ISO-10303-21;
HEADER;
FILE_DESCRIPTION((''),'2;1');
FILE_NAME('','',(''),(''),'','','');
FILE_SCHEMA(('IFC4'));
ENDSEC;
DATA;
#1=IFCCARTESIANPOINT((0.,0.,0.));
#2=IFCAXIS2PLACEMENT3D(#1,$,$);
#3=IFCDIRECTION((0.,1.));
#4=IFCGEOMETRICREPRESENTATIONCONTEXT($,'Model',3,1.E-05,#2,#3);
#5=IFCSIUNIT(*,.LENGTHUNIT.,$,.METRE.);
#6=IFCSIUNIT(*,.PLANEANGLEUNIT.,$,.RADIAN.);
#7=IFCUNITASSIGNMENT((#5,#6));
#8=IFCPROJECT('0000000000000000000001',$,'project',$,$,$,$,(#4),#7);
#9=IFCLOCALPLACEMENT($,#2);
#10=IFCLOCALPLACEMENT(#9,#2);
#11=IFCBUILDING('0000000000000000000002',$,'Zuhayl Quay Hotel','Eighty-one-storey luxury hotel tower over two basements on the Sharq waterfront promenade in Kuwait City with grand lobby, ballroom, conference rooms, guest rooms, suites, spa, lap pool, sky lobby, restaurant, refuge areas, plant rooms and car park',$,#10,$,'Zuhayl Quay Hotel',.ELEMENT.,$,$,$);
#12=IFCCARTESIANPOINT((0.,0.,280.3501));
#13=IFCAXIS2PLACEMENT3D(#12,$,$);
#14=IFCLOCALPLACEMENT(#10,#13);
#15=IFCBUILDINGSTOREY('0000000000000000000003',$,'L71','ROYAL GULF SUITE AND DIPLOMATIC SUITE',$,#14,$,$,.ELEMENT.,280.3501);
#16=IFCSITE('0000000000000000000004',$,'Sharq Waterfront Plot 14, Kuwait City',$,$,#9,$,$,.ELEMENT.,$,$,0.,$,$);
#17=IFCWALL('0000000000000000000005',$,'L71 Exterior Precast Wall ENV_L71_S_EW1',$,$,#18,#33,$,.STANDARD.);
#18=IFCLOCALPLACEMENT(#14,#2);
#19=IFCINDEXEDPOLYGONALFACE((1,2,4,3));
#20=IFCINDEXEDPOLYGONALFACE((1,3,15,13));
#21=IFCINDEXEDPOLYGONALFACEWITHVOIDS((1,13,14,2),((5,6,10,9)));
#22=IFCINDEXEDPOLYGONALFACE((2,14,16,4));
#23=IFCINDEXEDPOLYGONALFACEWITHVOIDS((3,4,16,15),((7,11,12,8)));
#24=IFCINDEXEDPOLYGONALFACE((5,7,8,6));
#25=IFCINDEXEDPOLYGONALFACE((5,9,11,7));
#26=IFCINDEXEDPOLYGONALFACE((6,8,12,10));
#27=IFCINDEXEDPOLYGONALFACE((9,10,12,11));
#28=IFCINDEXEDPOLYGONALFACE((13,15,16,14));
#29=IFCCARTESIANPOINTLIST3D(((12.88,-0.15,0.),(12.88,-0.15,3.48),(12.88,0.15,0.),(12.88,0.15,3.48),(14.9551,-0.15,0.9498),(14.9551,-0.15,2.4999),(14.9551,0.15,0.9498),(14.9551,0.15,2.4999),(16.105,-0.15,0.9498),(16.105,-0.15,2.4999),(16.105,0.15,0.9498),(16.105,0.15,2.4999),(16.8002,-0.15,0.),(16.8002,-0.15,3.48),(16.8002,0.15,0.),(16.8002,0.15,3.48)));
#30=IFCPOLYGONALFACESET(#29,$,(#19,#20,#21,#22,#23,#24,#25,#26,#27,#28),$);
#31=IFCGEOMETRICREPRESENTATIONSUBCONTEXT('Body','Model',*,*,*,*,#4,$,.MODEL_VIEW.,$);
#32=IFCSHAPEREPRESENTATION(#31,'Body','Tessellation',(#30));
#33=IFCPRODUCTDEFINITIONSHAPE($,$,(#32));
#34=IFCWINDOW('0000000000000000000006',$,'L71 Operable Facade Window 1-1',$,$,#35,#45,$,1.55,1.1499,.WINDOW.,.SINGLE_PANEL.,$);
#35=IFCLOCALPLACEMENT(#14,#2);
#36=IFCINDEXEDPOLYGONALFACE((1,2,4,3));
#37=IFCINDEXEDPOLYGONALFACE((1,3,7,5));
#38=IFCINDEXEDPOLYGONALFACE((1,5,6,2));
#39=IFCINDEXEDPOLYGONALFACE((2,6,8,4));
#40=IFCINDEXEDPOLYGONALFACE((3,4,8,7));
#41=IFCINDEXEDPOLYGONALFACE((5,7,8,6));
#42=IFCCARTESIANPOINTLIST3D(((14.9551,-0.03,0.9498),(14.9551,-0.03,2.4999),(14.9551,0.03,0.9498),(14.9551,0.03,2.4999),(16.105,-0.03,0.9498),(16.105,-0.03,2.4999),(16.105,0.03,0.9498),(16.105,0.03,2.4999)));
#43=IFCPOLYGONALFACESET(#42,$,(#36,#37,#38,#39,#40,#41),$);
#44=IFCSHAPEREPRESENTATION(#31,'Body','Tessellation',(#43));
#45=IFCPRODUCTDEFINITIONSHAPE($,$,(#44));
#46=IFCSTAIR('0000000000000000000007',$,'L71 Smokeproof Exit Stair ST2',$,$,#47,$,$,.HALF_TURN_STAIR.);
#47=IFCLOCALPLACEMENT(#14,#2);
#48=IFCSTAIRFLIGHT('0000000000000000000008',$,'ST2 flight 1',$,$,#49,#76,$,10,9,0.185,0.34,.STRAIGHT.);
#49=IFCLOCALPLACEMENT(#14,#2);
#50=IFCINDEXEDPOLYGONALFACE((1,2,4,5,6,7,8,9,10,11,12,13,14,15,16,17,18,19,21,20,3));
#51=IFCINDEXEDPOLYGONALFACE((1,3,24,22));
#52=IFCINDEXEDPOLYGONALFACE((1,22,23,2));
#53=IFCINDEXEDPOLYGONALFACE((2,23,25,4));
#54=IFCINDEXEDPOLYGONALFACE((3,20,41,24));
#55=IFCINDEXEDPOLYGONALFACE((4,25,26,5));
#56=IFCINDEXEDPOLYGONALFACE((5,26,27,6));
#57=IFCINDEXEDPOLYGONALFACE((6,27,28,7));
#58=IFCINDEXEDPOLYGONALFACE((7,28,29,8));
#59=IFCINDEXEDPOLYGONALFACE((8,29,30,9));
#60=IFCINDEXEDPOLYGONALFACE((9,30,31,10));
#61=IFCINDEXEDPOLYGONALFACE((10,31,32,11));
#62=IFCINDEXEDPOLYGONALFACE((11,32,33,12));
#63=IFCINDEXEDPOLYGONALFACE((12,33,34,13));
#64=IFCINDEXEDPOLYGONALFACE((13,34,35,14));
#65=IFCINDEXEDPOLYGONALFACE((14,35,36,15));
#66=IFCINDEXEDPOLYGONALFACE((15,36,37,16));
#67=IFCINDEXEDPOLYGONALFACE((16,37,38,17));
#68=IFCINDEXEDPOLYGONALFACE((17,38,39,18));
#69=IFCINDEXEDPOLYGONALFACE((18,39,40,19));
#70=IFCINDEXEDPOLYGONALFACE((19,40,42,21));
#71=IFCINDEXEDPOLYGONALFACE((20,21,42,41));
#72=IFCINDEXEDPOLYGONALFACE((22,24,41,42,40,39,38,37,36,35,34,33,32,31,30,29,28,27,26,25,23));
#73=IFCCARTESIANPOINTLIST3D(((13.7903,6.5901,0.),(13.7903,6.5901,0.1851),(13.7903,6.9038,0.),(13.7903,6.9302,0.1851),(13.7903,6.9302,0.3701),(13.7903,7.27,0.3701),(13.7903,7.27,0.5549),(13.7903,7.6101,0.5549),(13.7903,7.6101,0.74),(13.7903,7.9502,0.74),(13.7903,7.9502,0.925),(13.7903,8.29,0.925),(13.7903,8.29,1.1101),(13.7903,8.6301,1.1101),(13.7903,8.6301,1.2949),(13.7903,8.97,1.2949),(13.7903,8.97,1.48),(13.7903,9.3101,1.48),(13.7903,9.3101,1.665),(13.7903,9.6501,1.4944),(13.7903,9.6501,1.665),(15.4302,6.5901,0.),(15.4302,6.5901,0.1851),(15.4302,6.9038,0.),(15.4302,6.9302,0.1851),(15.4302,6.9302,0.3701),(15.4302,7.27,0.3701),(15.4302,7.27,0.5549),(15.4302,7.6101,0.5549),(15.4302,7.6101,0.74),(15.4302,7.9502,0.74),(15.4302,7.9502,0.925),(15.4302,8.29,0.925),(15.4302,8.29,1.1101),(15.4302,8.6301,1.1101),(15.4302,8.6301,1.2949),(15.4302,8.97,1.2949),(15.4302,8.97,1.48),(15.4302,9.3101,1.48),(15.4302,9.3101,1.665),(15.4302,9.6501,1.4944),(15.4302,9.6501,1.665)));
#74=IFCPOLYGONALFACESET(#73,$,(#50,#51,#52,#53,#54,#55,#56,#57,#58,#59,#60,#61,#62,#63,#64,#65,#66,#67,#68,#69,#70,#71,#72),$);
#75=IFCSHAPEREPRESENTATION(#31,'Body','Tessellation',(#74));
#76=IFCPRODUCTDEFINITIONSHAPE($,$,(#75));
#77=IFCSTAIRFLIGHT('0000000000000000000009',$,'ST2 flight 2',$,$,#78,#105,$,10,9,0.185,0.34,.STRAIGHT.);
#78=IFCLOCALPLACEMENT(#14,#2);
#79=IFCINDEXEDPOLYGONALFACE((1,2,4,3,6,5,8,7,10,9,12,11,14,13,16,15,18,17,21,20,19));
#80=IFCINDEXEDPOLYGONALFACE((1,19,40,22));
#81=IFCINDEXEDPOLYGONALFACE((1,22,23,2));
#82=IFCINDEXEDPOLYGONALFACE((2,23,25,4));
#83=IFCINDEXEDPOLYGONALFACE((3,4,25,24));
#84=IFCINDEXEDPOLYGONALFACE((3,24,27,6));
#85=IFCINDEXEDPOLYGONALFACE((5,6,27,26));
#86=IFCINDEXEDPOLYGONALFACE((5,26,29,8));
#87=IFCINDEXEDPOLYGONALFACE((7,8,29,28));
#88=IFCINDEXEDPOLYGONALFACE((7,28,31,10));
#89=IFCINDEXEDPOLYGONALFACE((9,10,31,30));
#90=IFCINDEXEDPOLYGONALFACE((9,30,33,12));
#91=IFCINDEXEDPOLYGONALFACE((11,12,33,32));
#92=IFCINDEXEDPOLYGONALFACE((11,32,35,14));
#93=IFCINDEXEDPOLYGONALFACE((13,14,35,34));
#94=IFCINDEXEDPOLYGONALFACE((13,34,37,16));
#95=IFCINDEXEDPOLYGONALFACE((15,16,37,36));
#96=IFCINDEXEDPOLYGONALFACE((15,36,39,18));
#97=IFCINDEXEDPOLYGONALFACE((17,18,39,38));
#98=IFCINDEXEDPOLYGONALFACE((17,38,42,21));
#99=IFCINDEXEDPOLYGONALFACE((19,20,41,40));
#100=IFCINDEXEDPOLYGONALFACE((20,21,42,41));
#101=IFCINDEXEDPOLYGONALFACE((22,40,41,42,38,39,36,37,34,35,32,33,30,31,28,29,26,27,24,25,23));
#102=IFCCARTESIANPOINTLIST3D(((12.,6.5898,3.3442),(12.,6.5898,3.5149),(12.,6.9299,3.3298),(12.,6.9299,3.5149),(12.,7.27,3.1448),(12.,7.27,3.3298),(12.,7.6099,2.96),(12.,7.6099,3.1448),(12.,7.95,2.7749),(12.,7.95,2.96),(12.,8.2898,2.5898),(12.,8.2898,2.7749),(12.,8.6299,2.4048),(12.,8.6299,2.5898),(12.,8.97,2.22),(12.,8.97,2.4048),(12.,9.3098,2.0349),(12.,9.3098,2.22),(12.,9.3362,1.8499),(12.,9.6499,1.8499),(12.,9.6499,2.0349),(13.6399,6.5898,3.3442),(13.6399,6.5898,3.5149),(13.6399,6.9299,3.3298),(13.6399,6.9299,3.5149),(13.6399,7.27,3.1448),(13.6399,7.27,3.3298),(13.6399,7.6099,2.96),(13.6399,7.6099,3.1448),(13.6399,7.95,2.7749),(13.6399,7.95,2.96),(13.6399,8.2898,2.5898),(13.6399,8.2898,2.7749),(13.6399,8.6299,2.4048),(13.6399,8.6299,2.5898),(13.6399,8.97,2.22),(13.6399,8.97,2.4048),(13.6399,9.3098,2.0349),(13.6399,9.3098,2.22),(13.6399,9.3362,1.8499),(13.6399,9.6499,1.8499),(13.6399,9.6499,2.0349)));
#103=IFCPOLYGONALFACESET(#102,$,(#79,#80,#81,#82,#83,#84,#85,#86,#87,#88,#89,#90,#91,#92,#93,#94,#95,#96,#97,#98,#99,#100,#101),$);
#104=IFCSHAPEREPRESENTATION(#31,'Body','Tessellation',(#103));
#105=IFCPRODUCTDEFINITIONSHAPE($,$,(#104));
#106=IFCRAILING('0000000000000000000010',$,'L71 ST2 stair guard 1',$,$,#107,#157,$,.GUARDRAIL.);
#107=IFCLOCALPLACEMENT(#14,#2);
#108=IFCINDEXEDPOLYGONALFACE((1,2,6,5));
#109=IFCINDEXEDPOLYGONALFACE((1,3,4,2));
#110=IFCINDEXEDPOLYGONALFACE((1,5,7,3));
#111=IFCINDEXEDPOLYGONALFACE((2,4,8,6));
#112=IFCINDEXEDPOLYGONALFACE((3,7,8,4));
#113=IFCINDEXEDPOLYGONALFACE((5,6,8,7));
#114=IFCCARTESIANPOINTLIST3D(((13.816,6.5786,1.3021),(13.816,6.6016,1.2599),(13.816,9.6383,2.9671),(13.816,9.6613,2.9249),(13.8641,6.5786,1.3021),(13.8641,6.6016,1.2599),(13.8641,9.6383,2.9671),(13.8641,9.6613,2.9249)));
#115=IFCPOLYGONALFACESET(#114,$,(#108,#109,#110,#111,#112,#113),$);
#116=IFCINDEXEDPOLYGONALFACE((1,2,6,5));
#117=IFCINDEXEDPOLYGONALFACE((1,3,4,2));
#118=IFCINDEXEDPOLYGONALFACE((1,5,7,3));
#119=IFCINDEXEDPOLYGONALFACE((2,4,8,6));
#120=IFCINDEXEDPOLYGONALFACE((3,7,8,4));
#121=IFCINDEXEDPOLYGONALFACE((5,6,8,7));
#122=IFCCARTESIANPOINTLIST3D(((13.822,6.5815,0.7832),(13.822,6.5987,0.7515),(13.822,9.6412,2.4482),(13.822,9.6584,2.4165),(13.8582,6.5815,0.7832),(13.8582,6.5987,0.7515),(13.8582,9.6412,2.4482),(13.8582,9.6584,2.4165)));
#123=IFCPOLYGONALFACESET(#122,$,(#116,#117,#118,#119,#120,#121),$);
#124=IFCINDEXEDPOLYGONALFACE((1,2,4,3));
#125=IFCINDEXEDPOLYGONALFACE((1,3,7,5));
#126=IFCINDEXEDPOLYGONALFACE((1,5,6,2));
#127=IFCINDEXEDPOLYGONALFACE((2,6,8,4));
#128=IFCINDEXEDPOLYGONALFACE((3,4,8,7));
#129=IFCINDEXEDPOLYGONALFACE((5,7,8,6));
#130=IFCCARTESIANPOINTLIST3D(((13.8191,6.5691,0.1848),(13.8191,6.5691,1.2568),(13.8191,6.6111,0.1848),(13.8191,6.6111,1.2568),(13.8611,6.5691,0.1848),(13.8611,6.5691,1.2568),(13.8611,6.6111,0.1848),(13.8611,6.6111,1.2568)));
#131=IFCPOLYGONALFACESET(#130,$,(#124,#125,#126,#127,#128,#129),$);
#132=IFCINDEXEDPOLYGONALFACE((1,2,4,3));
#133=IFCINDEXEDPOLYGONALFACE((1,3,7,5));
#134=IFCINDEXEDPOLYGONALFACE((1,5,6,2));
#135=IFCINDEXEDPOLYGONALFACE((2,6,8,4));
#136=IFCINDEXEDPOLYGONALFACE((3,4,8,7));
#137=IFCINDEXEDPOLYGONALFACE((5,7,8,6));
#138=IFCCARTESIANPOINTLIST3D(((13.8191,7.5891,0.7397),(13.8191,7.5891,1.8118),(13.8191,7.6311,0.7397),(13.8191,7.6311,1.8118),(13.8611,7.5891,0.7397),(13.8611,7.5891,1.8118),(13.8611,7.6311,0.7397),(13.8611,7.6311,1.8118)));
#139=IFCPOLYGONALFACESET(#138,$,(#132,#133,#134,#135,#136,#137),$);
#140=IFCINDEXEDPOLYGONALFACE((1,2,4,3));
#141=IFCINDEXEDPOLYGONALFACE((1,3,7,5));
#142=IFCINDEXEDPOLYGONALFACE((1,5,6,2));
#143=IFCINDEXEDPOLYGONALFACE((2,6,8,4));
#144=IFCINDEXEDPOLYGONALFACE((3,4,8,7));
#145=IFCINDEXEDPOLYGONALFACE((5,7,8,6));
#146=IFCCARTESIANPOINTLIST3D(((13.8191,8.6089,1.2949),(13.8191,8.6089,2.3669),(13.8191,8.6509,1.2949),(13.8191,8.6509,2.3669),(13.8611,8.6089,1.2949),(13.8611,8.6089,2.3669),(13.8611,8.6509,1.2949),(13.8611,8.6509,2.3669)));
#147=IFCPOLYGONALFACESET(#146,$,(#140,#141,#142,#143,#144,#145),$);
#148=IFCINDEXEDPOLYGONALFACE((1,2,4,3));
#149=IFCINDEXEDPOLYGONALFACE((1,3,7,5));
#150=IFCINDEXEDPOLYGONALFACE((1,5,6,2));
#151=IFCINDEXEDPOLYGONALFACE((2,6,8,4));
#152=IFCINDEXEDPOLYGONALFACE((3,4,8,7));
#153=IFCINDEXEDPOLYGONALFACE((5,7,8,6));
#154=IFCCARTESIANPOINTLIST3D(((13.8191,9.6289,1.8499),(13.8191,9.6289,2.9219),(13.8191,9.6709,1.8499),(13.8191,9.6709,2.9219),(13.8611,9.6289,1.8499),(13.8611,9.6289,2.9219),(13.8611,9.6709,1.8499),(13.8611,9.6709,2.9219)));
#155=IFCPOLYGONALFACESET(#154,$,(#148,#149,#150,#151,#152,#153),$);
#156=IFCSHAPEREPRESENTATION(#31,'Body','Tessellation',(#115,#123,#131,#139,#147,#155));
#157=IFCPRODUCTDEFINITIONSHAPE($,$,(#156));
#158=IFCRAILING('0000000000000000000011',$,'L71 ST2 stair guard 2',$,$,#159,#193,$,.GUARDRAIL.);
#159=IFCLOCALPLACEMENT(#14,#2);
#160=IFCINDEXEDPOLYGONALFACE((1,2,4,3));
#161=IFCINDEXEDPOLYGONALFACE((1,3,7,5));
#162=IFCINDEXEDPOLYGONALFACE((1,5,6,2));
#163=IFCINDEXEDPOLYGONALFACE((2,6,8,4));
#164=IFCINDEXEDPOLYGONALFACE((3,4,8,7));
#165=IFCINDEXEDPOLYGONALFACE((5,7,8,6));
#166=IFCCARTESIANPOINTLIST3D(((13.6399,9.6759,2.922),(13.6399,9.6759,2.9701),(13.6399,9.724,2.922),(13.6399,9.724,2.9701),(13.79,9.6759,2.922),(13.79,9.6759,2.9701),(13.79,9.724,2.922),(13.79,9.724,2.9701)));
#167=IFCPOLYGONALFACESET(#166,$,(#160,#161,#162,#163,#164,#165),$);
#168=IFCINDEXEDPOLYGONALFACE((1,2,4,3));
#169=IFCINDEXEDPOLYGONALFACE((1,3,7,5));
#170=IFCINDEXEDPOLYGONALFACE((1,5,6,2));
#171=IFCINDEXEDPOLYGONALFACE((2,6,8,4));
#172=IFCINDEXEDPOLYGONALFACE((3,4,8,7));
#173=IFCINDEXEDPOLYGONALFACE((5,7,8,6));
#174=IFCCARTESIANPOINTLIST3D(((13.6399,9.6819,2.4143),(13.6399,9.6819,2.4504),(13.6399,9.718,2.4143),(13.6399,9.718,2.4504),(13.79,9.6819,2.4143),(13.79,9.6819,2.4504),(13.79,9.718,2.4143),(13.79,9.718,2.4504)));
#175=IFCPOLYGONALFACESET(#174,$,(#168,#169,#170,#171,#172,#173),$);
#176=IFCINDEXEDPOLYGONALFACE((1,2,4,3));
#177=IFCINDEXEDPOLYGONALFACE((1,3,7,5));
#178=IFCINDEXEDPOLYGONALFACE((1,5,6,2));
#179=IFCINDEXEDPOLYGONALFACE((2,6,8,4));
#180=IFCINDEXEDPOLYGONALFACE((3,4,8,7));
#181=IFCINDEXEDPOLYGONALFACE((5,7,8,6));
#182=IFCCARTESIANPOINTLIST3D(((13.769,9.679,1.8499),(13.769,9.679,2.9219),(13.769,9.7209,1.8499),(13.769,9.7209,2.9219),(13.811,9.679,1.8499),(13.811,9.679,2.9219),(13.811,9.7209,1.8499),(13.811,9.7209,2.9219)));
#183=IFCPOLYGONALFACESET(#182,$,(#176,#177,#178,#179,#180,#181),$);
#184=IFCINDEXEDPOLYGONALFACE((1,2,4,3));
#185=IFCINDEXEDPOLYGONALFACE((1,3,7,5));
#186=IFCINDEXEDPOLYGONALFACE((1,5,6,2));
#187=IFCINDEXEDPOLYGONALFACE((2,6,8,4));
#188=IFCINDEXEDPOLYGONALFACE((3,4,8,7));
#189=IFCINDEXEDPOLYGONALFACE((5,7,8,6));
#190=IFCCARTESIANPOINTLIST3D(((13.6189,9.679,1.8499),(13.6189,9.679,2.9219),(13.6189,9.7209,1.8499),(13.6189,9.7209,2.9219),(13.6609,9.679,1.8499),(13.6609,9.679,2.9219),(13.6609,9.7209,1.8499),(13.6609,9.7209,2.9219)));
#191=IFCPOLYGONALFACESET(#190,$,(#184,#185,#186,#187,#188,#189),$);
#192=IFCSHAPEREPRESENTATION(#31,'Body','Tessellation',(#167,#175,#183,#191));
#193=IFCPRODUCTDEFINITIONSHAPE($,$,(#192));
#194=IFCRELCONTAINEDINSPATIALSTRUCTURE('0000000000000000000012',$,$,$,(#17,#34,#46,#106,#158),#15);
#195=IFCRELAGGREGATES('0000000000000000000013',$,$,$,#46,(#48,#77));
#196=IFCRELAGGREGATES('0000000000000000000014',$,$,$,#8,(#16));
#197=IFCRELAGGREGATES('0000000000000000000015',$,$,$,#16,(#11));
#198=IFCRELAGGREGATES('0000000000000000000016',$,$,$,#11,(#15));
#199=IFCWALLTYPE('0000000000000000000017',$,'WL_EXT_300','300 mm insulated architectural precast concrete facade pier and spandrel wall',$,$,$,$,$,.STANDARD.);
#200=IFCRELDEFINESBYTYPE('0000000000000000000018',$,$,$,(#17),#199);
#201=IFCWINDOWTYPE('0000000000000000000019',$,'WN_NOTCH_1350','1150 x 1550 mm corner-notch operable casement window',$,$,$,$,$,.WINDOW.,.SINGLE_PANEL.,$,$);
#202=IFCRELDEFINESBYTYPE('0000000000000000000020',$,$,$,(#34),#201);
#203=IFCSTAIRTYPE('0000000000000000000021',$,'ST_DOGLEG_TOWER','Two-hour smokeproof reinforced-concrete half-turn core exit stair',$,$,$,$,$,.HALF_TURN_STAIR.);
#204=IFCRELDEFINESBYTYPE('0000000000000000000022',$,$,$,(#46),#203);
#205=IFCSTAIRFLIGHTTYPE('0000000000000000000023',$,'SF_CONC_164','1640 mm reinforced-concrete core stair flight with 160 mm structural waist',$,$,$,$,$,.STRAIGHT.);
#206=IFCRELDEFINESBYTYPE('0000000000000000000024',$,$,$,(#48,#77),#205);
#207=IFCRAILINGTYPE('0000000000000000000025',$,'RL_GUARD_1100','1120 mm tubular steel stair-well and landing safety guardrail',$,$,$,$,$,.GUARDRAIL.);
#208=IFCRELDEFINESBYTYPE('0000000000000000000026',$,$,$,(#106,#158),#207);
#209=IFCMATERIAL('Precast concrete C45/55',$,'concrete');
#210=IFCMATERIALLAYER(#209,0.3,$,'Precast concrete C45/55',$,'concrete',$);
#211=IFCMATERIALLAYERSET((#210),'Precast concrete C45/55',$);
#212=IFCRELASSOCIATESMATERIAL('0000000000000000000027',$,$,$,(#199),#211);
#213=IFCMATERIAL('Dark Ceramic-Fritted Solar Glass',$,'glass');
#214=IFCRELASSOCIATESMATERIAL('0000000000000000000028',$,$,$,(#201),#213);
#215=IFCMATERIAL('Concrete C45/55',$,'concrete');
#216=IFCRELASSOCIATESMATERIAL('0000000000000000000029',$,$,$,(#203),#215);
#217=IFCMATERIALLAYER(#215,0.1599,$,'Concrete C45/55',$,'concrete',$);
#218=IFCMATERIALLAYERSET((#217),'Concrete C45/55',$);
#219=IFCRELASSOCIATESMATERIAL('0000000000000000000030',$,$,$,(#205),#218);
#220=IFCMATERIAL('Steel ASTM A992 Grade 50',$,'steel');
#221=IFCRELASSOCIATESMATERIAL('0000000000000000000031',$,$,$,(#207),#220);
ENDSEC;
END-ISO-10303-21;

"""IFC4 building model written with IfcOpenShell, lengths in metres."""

from ifc_helpers import new_model, si_unit, direction, frame, frame_2d, origin, origin_2d, place, context, subcontext, project, spatial, polyline, rectangle, outline, extrude, material, layer, layer_set, type_object, element, fill, aggregate, save


model = new_model("IFC4")

# Units and contexts
model_context = context("Model", 3, precision=1e-05, world=origin(), true_north=direction((0.0, 1.0)))
body_context = subcontext(model_context, "Body", "Model", "MODEL_VIEW")
ifc_project = project(units=[si_unit("LENGTHUNIT", "METRE"), si_unit("PLANEANGLEUNIT", "RADIAN")], contexts=[model_context])

# Site, building, storey
site_placement = place(None, origin())
site = spatial("IfcSite", under=ifc_project, at=site_placement, Name="Sharq Waterfront Plot 14, Kuwait City", CompositionType="ELEMENT", RefElevation=0.0)
building_placement = place(site_placement, origin())
building = spatial("IfcBuilding", under=site, at=building_placement, Name="Zuhayl Quay Hotel", Description="Eighty-one-storey luxury hotel tower over two basements on the Sharq waterfront promenade in Kuwait City with grand lobby, ballroom, conference rooms, guest rooms, suites, spa, lap pool, sky lobby, restaurant, refuge areas, plant rooms and car park", LongName="Zuhayl Quay Hotel", CompositionType="ELEMENT")
storey_placement = place(building_placement, frame((0.0, 0.0, 280.3501)))
storey = spatial("IfcBuildingStorey", under=building, at=storey_placement, Name="L71", Description="ROYAL GULF SUITE AND DIPLOMATIC SUITE", CompositionType="ELEMENT", Elevation=280.3501)

# Shared definitions
ifc_material_1 = material(Name="Steel ASTM A992 Grade 50", Category="steel")

# Shared definitions
ifc_material_2 = material(Name="Dark Ceramic-Fritted Solar Glass", Category="glass")

# Shared definitions
ifc_material_3 = material(Name="Precast concrete C45/55", Category="concrete")
ifc_layer_1 = layer(ifc_material_3, 0.3, Name="Precast concrete C45/55", Category="concrete")
ifc_layer_set_1 = layer_set([ifc_layer_1], Name="Precast concrete C45/55")
wall_type_1 = type_object("IfcWallType", Name="WL_EXT_300", Description="300 mm insulated architectural precast concrete facade pier and spandrel wall", PredefinedType="STANDARD", material=ifc_layer_set_1)

# Wall, opening, window
wall_1_placement = place(storey_placement, frame((16.8, 0.0, 0.0), z_axis=(0.0, 0.0, 1.0), x_axis=(-1.0, 0.0, 0.0)))
wall_1 = element("IfcWall", 1, at=wall_1_placement, inside=storey, type_object=wall_type_1, Name="L71 Exterior Precast Wall ENV_L71_S_EW1", PredefinedType="STANDARD", context=body_context, shape_type="SweptSolid", body=[
    extrude(rectangle(XDim=3.9202, YDim=0.3, at=frame_2d((1.96, 0.0))), origin(), (0.0, 0.0, 1.0), 3.48),
])
opening_1_placement = place(wall_1_placement, frame((0.6951, 0.0, 0.95)))
opening_1 = element("IfcOpeningElement", 2, at=opening_1_placement, cuts=wall_1, PredefinedType="OPENING", context=body_context, shape_type="SweptSolid", body=[
    extrude(rectangle(XDim=1.1499, YDim=1.55, at=frame_2d((0.575, 0.7749))), frame((0.0, 0.1599, 0.0), z_axis=(0.0, -1.0, 0.0), x_axis=(1.0, 0.0, 0.0)), (0.0, 0.0, 1.0), 0.3201),
])
window_type = type_object("IfcWindowType", Name="WN_NOTCH_1350", Description="1150 x 1550 mm corner-notch operable casement window", PartitioningType="SINGLE_PANEL", PredefinedType="WINDOW", material=ifc_material_2)
window_placement = place(opening_1_placement, origin())
window = element("IfcWindow", 3, at=window_placement, inside=storey, type_object=window_type, Name="L71 Operable Facade Window 1-1", OverallHeight=1.55, OverallWidth=1.1499, PartitioningType="SINGLE_PANEL", PredefinedType="WINDOW", context=body_context, shape_type="SweptSolid", body=[
    extrude(rectangle(XDim=1.1499, YDim=1.55, at=frame_2d((0.575, 0.7749))), frame((0.0, 0.03, 0.0), z_axis=(0.0, -1.0, 0.0), x_axis=(1.0, 0.0, 0.0)), (0.0, 0.0, 1.0), 0.0601),
])
fill(opening_1, window)

# Stair, stair flights
ifc_material_4 = material(Name="Concrete C45/55", Category="concrete")
stair_type = type_object("IfcStairType", Name="ST_DOGLEG_TOWER", Description="Two-hour smokeproof reinforced-concrete half-turn core exit stair", PredefinedType="HALF_TURN_STAIR", material=ifc_material_4)
stair_placement = place(storey_placement, origin())
stair = element("IfcStair", 4, at=stair_placement, inside=storey, type_object=stair_type, Name="L71 Smokeproof Exit Stair ST2", PredefinedType="HALF_TURN_STAIR")
ifc_layer_2 = layer(ifc_material_4, 0.1599, Name="Concrete C45/55", Category="concrete")
ifc_layer_set_2 = layer_set([ifc_layer_2], Name="Concrete C45/55")
stair_flight_type = type_object("IfcStairFlightType", Name="SF_CONC_164", Description="1640 mm reinforced-concrete core stair flight with 160 mm structural waist", PredefinedType="STRAIGHT", material=ifc_layer_set_2)
stair_flight_1_placement = place(storey_placement, frame((14.6101, 6.5901, 0.0), z_axis=(0.0, 0.0, 1.0), x_axis=(0.0, 1.0, 0.0)))
stair_flight_1 = element("IfcStairFlight", 5, at=stair_flight_1_placement, type_object=stair_flight_type, Name="ST2 flight 1", NumberOfRisers=10, NumberOfTreads=9, PredefinedType="STRAIGHT", RiserHeight=0.185, TreadLength=0.34, context=body_context, shape_type="SweptSolid", body=[
    extrude(outline(polyline([(0.0, 0.0), (0.0, 0.1851), (0.3401, 0.1851), (0.3401, 0.3701), (0.6799, 0.3701), (0.6799, 0.5549), (1.02, 0.5549), (1.02, 0.74), (1.3601, 0.74), (1.3601, 0.925), (1.7, 0.925), (1.7, 1.1101), (2.04, 1.1101), (2.04, 1.2949), (2.3799, 1.2949), (2.3799, 1.48), (2.72, 1.48), (2.72, 1.665), (3.0601, 1.665), (3.0601, 1.8501), (3.0601, 1.4944), (0.3137, 0.0), (0.0, 0.0)])), frame((0.0, 0.8198, 0.0), z_axis=(0.0, -1.0, 0.0), x_axis=(1.0, 0.0, 0.0)), (0.0, 0.0, 1.0), 1.6399),
])
stair_flight_2_placement = place(storey_placement, frame((12.8201, 9.6499, 1.8499), z_axis=(0.0, 0.0, 1.0), x_axis=(0.0, -1.0, 0.0)))
stair_flight_2 = element("IfcStairFlight", 6, at=stair_flight_2_placement, type_object=stair_flight_type, Name="ST2 flight 2", NumberOfRisers=10, NumberOfTreads=9, PredefinedType="STRAIGHT", RiserHeight=0.185, TreadLength=0.34, context=body_context, shape_type="SweptSolid", body=[
    extrude(outline(polyline([(0.0, 0.0), (0.0, 0.1851), (0.3401, 0.1851), (0.3401, 0.3701), (0.6799, 0.3701), (0.6799, 0.5549), (1.02, 0.5549), (1.02, 0.74), (1.3601, 0.74), (1.3601, 0.925), (1.7, 0.925), (1.7, 1.1101), (2.04, 1.1101), (2.04, 1.2949), (2.3799, 1.2949), (2.3799, 1.48), (2.72, 1.48), (2.72, 1.665), (3.0601, 1.665), (3.0601, 1.8501), (3.0601, 1.4944), (0.3137, 0.0), (0.0, 0.0)])), frame((0.0, 0.8198, 0.0), z_axis=(0.0, -1.0, 0.0), x_axis=(1.0, 0.0, 0.0)), (0.0, 0.0, 1.0), 1.6399),
])
aggregate(stair, [stair_flight_1, stair_flight_2])

# Railings
railing_type_1 = type_object("IfcRailingType", Name="RL_GUARD_1100", Description="1120 mm tubular steel stair-well and landing safety guardrail", PredefinedType="GUARDRAIL", material=ifc_material_1)
railing_1_placement = place(storey_placement, frame((13.8401, 6.5901, 0.1848)))
element("IfcRailing", 7, at=railing_1_placement, inside=storey, type_object=railing_type_1, Name="L71 ST2 stair guard 1", PredefinedType="GUARDRAIL", context=body_context, shape_type="SweptSolid", body=[
    extrude(rectangle(XDim=0.0481, YDim=0.0481, at=origin_2d()), frame((0.0, 0.0, 1.0962), z_axis=(0.0, 0.878372, 0.477978), x_axis=(-1.0, 0.0, 0.0)), (0.0, 0.0, 1.0), 3.4834),
    extrude(rectangle(XDim=0.0361, YDim=0.0361, at=origin_2d()), frame((0.0, 0.0, 0.5825), z_axis=(0.0, 0.878372, 0.477978), x_axis=(-1.0, 0.0, 0.0)), (0.0, 0.0, 1.0), 3.4834),
    extrude(rectangle(XDim=0.042, YDim=0.042, at=origin_2d()), origin(), (0.0, 0.0, 1.0), 1.072),
    extrude(rectangle(XDim=0.042, YDim=0.042, at=origin_2d()), frame((0.0, 1.02, 0.5549)), (0.0, 0.0, 1.0), 1.072),
    extrude(rectangle(XDim=0.042, YDim=0.042, at=origin_2d()), frame((0.0, 2.0398, 1.1101)), (0.0, 0.0, 1.0), 1.072),
    extrude(rectangle(XDim=0.042, YDim=0.042, at=origin_2d()), frame((0.0, 3.0598, 1.665)), (0.0, 0.0, 1.0), 1.072),
])
railing_2_placement = place(storey_placement, frame((13.79, 9.7, 1.8499)))
element("IfcRailing", 8, at=railing_2_placement, inside=storey, type_object=railing_type_1, Name="L71 ST2 stair guard 2", PredefinedType="GUARDRAIL", context=body_context, shape_type="SweptSolid", body=[
    extrude(rectangle(XDim=0.0481, YDim=0.0481, at=origin_2d()), frame((0.0, 0.0, 1.0962), z_axis=(-1.0, 0.0, 0.0), x_axis=(0.0, -1.0, 0.0)), (0.0, 0.0, 1.0), 0.1501),
    extrude(rectangle(XDim=0.0361, YDim=0.0361, at=origin_2d()), frame((0.0, 0.0, 0.5825), z_axis=(-1.0, 0.0, 0.0), x_axis=(0.0, -1.0, 0.0)), (0.0, 0.0, 1.0), 0.1501),
    extrude(rectangle(XDim=0.042, YDim=0.042, at=origin_2d()), origin(), (0.0, 0.0, 1.0), 1.072),
    extrude(rectangle(XDim=0.042, YDim=0.042, at=origin_2d()), frame((-0.1501, 0.0, 0.0)), (0.0, 0.0, 1.0), 1.072),
])

save(model, "model.ifc")
